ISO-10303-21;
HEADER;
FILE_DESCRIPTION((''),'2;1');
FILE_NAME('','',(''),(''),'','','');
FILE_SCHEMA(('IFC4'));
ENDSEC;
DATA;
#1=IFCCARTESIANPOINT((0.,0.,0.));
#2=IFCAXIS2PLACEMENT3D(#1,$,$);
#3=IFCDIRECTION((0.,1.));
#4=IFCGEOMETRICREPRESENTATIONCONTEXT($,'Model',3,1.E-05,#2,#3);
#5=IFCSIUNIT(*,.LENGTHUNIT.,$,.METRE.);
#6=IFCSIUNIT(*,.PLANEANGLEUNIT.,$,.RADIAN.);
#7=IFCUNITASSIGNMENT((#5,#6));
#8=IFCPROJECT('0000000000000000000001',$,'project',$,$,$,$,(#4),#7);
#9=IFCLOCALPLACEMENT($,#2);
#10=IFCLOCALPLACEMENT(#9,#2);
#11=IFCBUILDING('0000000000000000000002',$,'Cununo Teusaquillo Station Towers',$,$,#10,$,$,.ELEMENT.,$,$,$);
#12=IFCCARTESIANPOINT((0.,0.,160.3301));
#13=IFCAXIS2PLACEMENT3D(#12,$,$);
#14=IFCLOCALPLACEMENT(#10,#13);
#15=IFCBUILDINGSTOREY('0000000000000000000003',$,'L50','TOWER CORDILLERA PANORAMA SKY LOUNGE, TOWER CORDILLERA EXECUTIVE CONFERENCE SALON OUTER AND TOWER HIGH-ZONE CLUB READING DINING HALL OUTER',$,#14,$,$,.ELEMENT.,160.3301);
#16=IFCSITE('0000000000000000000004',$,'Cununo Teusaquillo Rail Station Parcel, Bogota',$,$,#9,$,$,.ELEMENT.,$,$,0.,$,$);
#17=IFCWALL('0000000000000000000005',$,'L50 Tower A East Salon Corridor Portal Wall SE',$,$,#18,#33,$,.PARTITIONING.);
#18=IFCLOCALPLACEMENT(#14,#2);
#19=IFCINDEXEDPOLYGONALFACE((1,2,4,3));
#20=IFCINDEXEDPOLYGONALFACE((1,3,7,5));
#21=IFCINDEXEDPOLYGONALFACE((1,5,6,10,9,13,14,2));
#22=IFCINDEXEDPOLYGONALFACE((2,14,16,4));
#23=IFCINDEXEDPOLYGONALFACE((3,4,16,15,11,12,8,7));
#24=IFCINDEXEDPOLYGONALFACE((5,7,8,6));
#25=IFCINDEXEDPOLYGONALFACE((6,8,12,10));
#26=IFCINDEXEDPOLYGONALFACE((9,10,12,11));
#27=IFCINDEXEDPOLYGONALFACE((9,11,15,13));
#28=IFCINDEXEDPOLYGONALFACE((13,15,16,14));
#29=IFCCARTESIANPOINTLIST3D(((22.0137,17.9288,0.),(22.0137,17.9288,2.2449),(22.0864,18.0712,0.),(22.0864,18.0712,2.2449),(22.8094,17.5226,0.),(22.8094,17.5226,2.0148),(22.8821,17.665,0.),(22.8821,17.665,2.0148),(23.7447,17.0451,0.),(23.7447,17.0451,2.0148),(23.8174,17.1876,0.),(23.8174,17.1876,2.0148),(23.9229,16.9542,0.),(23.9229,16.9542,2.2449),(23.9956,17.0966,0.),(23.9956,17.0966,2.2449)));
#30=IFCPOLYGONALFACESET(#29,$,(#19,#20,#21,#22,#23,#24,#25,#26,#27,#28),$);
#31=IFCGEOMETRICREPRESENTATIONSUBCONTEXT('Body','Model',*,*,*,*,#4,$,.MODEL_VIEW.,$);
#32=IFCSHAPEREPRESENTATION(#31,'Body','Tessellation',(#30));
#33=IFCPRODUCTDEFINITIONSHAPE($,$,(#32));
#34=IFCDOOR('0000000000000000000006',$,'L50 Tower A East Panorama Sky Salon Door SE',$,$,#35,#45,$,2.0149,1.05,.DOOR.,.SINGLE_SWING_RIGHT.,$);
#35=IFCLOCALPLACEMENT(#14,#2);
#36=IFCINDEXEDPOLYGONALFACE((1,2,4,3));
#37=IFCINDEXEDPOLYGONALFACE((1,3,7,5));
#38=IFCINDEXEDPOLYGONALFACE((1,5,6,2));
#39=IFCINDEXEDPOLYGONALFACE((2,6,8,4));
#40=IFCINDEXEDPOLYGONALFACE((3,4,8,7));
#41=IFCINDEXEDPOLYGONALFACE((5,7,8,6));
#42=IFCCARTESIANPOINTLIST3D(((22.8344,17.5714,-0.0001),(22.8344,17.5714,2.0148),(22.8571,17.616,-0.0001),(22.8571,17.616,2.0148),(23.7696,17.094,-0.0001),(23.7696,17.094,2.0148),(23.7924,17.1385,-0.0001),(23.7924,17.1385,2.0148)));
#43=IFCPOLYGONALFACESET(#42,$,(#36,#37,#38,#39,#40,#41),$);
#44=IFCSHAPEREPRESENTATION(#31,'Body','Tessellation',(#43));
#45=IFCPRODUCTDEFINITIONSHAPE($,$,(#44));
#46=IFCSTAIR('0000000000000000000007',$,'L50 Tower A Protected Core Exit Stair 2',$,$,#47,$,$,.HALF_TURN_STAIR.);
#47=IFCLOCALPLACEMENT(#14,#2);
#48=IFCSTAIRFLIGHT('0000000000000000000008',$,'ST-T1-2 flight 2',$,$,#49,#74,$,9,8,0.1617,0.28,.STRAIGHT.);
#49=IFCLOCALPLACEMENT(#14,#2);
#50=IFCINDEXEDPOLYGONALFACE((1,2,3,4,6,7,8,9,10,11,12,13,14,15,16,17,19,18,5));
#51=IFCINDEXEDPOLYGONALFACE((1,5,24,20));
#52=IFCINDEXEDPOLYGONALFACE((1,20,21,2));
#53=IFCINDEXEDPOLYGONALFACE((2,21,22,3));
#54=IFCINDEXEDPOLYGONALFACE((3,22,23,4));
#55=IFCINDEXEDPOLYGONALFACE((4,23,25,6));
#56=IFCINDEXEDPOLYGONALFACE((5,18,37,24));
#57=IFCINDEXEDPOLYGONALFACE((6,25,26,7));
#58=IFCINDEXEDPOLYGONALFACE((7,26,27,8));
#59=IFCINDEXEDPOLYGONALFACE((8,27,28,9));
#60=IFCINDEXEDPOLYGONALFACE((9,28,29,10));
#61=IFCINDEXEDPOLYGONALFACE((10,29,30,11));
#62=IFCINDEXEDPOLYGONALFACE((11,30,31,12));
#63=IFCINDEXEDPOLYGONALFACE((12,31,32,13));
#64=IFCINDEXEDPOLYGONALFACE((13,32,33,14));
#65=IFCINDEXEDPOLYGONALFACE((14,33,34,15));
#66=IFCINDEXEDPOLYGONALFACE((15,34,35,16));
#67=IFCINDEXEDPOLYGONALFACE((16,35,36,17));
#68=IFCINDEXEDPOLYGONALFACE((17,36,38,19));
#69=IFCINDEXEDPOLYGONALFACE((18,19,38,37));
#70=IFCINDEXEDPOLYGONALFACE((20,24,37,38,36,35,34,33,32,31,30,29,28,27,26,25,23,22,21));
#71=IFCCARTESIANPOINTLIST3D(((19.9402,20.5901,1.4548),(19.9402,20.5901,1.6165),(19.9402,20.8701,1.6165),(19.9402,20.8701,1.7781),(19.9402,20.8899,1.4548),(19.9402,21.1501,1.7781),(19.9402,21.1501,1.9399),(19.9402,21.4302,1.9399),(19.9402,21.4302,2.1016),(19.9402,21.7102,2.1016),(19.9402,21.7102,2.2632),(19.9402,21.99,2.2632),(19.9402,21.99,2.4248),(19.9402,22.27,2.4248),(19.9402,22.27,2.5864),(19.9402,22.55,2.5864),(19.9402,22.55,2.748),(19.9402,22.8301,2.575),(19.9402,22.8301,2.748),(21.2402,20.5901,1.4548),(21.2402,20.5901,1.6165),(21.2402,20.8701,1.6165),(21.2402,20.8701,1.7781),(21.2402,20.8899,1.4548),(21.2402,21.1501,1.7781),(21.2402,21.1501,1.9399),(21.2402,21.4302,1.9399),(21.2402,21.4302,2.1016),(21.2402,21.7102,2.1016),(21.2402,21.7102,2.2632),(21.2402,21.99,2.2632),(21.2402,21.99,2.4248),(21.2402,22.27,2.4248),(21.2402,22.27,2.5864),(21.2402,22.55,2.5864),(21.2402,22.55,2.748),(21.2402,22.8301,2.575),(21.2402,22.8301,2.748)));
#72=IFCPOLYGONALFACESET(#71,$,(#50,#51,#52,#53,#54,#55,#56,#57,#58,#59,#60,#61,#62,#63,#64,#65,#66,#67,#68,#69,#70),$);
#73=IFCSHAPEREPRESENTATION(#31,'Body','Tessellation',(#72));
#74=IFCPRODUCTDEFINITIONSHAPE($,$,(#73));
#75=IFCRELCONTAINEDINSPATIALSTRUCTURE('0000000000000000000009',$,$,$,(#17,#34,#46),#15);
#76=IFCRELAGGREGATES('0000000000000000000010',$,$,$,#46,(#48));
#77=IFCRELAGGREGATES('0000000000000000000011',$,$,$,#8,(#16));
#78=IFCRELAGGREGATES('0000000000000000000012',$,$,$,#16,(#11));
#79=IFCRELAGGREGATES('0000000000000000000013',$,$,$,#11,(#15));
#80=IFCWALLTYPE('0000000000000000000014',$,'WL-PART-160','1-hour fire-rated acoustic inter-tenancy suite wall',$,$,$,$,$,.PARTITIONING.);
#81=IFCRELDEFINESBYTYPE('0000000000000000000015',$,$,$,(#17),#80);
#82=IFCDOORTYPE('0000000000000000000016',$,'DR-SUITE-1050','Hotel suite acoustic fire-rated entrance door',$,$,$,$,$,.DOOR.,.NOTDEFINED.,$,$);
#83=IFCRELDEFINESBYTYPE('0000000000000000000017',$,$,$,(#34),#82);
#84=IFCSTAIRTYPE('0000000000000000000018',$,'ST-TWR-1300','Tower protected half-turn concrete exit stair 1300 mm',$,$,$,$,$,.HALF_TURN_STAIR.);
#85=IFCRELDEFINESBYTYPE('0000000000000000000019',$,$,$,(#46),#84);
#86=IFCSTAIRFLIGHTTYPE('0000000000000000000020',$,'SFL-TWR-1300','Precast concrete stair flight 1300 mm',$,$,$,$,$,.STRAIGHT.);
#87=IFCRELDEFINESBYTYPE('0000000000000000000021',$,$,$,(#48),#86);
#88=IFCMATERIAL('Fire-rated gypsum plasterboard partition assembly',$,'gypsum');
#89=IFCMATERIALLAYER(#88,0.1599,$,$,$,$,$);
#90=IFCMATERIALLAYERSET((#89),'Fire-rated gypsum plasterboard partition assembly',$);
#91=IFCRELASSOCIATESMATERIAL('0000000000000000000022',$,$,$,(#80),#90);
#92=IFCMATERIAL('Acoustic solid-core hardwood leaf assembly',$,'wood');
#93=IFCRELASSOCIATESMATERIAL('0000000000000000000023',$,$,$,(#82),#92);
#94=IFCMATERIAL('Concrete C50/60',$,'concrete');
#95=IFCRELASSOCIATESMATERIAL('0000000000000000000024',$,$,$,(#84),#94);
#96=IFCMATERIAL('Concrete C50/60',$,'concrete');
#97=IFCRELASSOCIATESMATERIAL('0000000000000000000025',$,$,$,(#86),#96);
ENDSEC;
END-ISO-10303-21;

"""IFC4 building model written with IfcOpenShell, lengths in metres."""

from ifc_helpers import new_model, si_unit, direction, frame, frame_2d, origin, place, context, subcontext, project, spatial, polyline, rectangle, outline, extrude, source, transform, mapped, material, layer, layer_set, type_object, element, fill, aggregate, save


model = new_model("IFC4")

# Units and contexts
model_context = context("Model", 3, precision=1e-05, world=origin(), true_north=direction((0.0, 1.0)))
body_context = subcontext(model_context, "Body", "Model", "MODEL_VIEW")
ifc_project = project(units=[si_unit("LENGTHUNIT", "METRE"), si_unit("PLANEANGLEUNIT", "RADIAN")], contexts=[model_context])

# Site, building, storey
site_placement = place(None, origin())
site = spatial("IfcSite", under=ifc_project, at=site_placement, Name="Cununo Teusaquillo Rail Station Parcel, Bogota", CompositionType="ELEMENT", RefElevation=0.0)
building_placement = place(site_placement, origin())
building = spatial("IfcBuilding", under=site, at=building_placement, Name="Cununo Teusaquillo Station Towers", CompositionType="ELEMENT")
storey_placement = place(building_placement, frame((0.0, 0.0, 160.3301)))
storey = spatial("IfcBuildingStorey", under=building, at=storey_placement, Name="L50", Description="TOWER CORDILLERA PANORAMA SKY LOUNGE, TOWER CORDILLERA EXECUTIVE CONFERENCE SALON OUTER AND TOWER HIGH-ZONE CLUB READING DINING HALL OUTER", CompositionType="ELEMENT", Elevation=160.3301)

# Wall, opening, door
ifc_material_1 = material(Name="Fire-rated gypsum plasterboard partition assembly", Category="gypsum")
ifc_layer_1 = layer(ifc_material_1, 0.1599)
ifc_layer_set_1 = layer_set([ifc_layer_1], Name="Fire-rated gypsum plasterboard partition assembly")
wall_type_1 = type_object("IfcWallType", Name="WL-PART-160", Description="1-hour fire-rated acoustic inter-tenancy suite wall", PredefinedType="PARTITIONING", material=ifc_layer_set_1)
wall_1_placement = place(storey_placement, frame((22.05, 18.0, 0.0), z_axis=(0.0, 0.0, 1.0), x_axis=(0.89066, -0.45467, 0.0)))
wall_1 = element("IfcWall", 1, at=wall_1_placement, inside=storey, type_object=wall_type_1, Name="L50 Tower A East Salon Corridor Portal Wall SE", PredefinedType="PARTITIONING", context=body_context, shape_type="SweptSolid", body=[
    extrude(rectangle(XDim=2.1436, YDim=0.1599, at=frame_2d((1.0718, 0.0))), origin(), (0.0, 0.0, 1.0), 2.2449),
])
shared_shape_1 = source(origin(), body_context, "Body", "SweptSolid", [
    extrude(rectangle(XDim=1.05, YDim=2.0149, at=frame_2d((0.5249, 1.0073))), frame((0.0, 0.0898, 0.0), z_axis=(0.0, -1.0, 0.0), x_axis=(1.0, 0.0, 0.0)), (0.0, 0.0, 1.0), 0.1799),
])
opening_placement = place(wall_1_placement, frame((0.8936, 0.0, 0.0)))
opening = element("IfcOpeningElement", 2, at=opening_placement, cuts=wall_1, PredefinedType="OPENING", context=body_context, shape_type="MappedRepresentation", body=[
    mapped(shared_shape_1, transform((0.0, 0.0, 0.0), x_axis=(1.0, 0.0, 0.0), y_axis=(0.0, 1.0, 0.0), z_axis=(0.0, 0.0, 1.0), scale=1.0)),
])
ifc_material_2 = material(Name="Acoustic solid-core hardwood leaf assembly", Category="wood")
door_type = type_object("IfcDoorType", Name="DR-SUITE-1050", Description="Hotel suite acoustic fire-rated entrance door", OperationType="NOTDEFINED", PredefinedType="DOOR", material=ifc_material_2)
shared_shape_2 = source(origin(), body_context, "Body", "SweptSolid", [
    extrude(rectangle(XDim=1.05, YDim=2.0149, at=frame_2d((0.5249, 1.0073))), frame((0.0, 0.0249, 0.0), z_axis=(0.0, -1.0, 0.0), x_axis=(1.0, 0.0, 0.0)), (0.0, 0.0, 1.0), 0.05),
])
door_placement = place(opening_placement, origin())
door = element("IfcDoor", 3, at=door_placement, inside=storey, type_object=door_type, Name="L50 Tower A East Panorama Sky Salon Door SE", OperationType="SINGLE_SWING_RIGHT", OverallHeight=2.0149, OverallWidth=1.05, PredefinedType="DOOR", context=body_context, shape_type="MappedRepresentation", body=[
    mapped(shared_shape_2, transform((0.0, 0.0, 0.0), x_axis=(1.0, 0.0, 0.0), y_axis=(0.0, 1.0, 0.0), z_axis=(0.0, 0.0, 1.0), scale=1.0)),
])
fill(opening, door)

# Stair, stair flight
ifc_material_3 = material(Name="Concrete C50/60", Category="concrete")
stair_type = type_object("IfcStairType", Name="ST-TWR-1300", Description="Tower protected half-turn concrete exit stair 1300 mm", PredefinedType="HALF_TURN_STAIR", material=ifc_material_3)
stair_placement = place(storey_placement, origin())
stair = element("IfcStair", 4, at=stair_placement, inside=storey, type_object=stair_type, Name="L50 Tower A Protected Core Exit Stair 2", PredefinedType="HALF_TURN_STAIR")
ifc_material_4 = material(Name="Concrete C50/60", Category="concrete")
stair_flight_type = type_object("IfcStairFlightType", Name="SFL-TWR-1300", Description="Precast concrete stair flight 1300 mm", PredefinedType="STRAIGHT", material=ifc_material_4)
stair_flight_placement = place(storey_placement, frame((20.5901, 20.5901, 1.4548), z_axis=(0.0, 0.0, 1.0), x_axis=(0.0, 1.0, 0.0)))
stair_flight = element("IfcStairFlight", 5, at=stair_flight_placement, type_object=stair_flight_type, Name="ST-T1-2 flight 2", NumberOfRisers=9, NumberOfTreads=8, PredefinedType="STRAIGHT", RiserHeight=0.1617, TreadLength=0.28, context=body_context, shape_type="SweptSolid", body=[
    extrude(outline(polyline([(0.0, 0.0), (0.0, 0.1616), (0.28, 0.1616), (0.28, 0.3232), (0.5601, 0.3232), (0.5601, 0.4851), (0.8401, 0.4851), (0.8401, 0.6467), (1.1201, 0.6467), (1.1201, 0.8083), (1.3999, 0.8083), (1.3999, 0.97), (1.6799, 0.97), (1.6799, 1.1316), (1.96, 1.1316), (1.96, 1.2932), (2.24, 1.2932), (2.24, 1.4551), (2.24, 1.1201), (0.2998, 0.0), (0.0, 0.0)])), frame((0.0, 0.6499, 0.0), z_axis=(0.0, -1.0, 0.0), x_axis=(1.0, 0.0, 0.0)), (0.0, 0.0, 1.0), 1.3),
])
aggregate(stair, [stair_flight])

save(model, "model.ifc")
